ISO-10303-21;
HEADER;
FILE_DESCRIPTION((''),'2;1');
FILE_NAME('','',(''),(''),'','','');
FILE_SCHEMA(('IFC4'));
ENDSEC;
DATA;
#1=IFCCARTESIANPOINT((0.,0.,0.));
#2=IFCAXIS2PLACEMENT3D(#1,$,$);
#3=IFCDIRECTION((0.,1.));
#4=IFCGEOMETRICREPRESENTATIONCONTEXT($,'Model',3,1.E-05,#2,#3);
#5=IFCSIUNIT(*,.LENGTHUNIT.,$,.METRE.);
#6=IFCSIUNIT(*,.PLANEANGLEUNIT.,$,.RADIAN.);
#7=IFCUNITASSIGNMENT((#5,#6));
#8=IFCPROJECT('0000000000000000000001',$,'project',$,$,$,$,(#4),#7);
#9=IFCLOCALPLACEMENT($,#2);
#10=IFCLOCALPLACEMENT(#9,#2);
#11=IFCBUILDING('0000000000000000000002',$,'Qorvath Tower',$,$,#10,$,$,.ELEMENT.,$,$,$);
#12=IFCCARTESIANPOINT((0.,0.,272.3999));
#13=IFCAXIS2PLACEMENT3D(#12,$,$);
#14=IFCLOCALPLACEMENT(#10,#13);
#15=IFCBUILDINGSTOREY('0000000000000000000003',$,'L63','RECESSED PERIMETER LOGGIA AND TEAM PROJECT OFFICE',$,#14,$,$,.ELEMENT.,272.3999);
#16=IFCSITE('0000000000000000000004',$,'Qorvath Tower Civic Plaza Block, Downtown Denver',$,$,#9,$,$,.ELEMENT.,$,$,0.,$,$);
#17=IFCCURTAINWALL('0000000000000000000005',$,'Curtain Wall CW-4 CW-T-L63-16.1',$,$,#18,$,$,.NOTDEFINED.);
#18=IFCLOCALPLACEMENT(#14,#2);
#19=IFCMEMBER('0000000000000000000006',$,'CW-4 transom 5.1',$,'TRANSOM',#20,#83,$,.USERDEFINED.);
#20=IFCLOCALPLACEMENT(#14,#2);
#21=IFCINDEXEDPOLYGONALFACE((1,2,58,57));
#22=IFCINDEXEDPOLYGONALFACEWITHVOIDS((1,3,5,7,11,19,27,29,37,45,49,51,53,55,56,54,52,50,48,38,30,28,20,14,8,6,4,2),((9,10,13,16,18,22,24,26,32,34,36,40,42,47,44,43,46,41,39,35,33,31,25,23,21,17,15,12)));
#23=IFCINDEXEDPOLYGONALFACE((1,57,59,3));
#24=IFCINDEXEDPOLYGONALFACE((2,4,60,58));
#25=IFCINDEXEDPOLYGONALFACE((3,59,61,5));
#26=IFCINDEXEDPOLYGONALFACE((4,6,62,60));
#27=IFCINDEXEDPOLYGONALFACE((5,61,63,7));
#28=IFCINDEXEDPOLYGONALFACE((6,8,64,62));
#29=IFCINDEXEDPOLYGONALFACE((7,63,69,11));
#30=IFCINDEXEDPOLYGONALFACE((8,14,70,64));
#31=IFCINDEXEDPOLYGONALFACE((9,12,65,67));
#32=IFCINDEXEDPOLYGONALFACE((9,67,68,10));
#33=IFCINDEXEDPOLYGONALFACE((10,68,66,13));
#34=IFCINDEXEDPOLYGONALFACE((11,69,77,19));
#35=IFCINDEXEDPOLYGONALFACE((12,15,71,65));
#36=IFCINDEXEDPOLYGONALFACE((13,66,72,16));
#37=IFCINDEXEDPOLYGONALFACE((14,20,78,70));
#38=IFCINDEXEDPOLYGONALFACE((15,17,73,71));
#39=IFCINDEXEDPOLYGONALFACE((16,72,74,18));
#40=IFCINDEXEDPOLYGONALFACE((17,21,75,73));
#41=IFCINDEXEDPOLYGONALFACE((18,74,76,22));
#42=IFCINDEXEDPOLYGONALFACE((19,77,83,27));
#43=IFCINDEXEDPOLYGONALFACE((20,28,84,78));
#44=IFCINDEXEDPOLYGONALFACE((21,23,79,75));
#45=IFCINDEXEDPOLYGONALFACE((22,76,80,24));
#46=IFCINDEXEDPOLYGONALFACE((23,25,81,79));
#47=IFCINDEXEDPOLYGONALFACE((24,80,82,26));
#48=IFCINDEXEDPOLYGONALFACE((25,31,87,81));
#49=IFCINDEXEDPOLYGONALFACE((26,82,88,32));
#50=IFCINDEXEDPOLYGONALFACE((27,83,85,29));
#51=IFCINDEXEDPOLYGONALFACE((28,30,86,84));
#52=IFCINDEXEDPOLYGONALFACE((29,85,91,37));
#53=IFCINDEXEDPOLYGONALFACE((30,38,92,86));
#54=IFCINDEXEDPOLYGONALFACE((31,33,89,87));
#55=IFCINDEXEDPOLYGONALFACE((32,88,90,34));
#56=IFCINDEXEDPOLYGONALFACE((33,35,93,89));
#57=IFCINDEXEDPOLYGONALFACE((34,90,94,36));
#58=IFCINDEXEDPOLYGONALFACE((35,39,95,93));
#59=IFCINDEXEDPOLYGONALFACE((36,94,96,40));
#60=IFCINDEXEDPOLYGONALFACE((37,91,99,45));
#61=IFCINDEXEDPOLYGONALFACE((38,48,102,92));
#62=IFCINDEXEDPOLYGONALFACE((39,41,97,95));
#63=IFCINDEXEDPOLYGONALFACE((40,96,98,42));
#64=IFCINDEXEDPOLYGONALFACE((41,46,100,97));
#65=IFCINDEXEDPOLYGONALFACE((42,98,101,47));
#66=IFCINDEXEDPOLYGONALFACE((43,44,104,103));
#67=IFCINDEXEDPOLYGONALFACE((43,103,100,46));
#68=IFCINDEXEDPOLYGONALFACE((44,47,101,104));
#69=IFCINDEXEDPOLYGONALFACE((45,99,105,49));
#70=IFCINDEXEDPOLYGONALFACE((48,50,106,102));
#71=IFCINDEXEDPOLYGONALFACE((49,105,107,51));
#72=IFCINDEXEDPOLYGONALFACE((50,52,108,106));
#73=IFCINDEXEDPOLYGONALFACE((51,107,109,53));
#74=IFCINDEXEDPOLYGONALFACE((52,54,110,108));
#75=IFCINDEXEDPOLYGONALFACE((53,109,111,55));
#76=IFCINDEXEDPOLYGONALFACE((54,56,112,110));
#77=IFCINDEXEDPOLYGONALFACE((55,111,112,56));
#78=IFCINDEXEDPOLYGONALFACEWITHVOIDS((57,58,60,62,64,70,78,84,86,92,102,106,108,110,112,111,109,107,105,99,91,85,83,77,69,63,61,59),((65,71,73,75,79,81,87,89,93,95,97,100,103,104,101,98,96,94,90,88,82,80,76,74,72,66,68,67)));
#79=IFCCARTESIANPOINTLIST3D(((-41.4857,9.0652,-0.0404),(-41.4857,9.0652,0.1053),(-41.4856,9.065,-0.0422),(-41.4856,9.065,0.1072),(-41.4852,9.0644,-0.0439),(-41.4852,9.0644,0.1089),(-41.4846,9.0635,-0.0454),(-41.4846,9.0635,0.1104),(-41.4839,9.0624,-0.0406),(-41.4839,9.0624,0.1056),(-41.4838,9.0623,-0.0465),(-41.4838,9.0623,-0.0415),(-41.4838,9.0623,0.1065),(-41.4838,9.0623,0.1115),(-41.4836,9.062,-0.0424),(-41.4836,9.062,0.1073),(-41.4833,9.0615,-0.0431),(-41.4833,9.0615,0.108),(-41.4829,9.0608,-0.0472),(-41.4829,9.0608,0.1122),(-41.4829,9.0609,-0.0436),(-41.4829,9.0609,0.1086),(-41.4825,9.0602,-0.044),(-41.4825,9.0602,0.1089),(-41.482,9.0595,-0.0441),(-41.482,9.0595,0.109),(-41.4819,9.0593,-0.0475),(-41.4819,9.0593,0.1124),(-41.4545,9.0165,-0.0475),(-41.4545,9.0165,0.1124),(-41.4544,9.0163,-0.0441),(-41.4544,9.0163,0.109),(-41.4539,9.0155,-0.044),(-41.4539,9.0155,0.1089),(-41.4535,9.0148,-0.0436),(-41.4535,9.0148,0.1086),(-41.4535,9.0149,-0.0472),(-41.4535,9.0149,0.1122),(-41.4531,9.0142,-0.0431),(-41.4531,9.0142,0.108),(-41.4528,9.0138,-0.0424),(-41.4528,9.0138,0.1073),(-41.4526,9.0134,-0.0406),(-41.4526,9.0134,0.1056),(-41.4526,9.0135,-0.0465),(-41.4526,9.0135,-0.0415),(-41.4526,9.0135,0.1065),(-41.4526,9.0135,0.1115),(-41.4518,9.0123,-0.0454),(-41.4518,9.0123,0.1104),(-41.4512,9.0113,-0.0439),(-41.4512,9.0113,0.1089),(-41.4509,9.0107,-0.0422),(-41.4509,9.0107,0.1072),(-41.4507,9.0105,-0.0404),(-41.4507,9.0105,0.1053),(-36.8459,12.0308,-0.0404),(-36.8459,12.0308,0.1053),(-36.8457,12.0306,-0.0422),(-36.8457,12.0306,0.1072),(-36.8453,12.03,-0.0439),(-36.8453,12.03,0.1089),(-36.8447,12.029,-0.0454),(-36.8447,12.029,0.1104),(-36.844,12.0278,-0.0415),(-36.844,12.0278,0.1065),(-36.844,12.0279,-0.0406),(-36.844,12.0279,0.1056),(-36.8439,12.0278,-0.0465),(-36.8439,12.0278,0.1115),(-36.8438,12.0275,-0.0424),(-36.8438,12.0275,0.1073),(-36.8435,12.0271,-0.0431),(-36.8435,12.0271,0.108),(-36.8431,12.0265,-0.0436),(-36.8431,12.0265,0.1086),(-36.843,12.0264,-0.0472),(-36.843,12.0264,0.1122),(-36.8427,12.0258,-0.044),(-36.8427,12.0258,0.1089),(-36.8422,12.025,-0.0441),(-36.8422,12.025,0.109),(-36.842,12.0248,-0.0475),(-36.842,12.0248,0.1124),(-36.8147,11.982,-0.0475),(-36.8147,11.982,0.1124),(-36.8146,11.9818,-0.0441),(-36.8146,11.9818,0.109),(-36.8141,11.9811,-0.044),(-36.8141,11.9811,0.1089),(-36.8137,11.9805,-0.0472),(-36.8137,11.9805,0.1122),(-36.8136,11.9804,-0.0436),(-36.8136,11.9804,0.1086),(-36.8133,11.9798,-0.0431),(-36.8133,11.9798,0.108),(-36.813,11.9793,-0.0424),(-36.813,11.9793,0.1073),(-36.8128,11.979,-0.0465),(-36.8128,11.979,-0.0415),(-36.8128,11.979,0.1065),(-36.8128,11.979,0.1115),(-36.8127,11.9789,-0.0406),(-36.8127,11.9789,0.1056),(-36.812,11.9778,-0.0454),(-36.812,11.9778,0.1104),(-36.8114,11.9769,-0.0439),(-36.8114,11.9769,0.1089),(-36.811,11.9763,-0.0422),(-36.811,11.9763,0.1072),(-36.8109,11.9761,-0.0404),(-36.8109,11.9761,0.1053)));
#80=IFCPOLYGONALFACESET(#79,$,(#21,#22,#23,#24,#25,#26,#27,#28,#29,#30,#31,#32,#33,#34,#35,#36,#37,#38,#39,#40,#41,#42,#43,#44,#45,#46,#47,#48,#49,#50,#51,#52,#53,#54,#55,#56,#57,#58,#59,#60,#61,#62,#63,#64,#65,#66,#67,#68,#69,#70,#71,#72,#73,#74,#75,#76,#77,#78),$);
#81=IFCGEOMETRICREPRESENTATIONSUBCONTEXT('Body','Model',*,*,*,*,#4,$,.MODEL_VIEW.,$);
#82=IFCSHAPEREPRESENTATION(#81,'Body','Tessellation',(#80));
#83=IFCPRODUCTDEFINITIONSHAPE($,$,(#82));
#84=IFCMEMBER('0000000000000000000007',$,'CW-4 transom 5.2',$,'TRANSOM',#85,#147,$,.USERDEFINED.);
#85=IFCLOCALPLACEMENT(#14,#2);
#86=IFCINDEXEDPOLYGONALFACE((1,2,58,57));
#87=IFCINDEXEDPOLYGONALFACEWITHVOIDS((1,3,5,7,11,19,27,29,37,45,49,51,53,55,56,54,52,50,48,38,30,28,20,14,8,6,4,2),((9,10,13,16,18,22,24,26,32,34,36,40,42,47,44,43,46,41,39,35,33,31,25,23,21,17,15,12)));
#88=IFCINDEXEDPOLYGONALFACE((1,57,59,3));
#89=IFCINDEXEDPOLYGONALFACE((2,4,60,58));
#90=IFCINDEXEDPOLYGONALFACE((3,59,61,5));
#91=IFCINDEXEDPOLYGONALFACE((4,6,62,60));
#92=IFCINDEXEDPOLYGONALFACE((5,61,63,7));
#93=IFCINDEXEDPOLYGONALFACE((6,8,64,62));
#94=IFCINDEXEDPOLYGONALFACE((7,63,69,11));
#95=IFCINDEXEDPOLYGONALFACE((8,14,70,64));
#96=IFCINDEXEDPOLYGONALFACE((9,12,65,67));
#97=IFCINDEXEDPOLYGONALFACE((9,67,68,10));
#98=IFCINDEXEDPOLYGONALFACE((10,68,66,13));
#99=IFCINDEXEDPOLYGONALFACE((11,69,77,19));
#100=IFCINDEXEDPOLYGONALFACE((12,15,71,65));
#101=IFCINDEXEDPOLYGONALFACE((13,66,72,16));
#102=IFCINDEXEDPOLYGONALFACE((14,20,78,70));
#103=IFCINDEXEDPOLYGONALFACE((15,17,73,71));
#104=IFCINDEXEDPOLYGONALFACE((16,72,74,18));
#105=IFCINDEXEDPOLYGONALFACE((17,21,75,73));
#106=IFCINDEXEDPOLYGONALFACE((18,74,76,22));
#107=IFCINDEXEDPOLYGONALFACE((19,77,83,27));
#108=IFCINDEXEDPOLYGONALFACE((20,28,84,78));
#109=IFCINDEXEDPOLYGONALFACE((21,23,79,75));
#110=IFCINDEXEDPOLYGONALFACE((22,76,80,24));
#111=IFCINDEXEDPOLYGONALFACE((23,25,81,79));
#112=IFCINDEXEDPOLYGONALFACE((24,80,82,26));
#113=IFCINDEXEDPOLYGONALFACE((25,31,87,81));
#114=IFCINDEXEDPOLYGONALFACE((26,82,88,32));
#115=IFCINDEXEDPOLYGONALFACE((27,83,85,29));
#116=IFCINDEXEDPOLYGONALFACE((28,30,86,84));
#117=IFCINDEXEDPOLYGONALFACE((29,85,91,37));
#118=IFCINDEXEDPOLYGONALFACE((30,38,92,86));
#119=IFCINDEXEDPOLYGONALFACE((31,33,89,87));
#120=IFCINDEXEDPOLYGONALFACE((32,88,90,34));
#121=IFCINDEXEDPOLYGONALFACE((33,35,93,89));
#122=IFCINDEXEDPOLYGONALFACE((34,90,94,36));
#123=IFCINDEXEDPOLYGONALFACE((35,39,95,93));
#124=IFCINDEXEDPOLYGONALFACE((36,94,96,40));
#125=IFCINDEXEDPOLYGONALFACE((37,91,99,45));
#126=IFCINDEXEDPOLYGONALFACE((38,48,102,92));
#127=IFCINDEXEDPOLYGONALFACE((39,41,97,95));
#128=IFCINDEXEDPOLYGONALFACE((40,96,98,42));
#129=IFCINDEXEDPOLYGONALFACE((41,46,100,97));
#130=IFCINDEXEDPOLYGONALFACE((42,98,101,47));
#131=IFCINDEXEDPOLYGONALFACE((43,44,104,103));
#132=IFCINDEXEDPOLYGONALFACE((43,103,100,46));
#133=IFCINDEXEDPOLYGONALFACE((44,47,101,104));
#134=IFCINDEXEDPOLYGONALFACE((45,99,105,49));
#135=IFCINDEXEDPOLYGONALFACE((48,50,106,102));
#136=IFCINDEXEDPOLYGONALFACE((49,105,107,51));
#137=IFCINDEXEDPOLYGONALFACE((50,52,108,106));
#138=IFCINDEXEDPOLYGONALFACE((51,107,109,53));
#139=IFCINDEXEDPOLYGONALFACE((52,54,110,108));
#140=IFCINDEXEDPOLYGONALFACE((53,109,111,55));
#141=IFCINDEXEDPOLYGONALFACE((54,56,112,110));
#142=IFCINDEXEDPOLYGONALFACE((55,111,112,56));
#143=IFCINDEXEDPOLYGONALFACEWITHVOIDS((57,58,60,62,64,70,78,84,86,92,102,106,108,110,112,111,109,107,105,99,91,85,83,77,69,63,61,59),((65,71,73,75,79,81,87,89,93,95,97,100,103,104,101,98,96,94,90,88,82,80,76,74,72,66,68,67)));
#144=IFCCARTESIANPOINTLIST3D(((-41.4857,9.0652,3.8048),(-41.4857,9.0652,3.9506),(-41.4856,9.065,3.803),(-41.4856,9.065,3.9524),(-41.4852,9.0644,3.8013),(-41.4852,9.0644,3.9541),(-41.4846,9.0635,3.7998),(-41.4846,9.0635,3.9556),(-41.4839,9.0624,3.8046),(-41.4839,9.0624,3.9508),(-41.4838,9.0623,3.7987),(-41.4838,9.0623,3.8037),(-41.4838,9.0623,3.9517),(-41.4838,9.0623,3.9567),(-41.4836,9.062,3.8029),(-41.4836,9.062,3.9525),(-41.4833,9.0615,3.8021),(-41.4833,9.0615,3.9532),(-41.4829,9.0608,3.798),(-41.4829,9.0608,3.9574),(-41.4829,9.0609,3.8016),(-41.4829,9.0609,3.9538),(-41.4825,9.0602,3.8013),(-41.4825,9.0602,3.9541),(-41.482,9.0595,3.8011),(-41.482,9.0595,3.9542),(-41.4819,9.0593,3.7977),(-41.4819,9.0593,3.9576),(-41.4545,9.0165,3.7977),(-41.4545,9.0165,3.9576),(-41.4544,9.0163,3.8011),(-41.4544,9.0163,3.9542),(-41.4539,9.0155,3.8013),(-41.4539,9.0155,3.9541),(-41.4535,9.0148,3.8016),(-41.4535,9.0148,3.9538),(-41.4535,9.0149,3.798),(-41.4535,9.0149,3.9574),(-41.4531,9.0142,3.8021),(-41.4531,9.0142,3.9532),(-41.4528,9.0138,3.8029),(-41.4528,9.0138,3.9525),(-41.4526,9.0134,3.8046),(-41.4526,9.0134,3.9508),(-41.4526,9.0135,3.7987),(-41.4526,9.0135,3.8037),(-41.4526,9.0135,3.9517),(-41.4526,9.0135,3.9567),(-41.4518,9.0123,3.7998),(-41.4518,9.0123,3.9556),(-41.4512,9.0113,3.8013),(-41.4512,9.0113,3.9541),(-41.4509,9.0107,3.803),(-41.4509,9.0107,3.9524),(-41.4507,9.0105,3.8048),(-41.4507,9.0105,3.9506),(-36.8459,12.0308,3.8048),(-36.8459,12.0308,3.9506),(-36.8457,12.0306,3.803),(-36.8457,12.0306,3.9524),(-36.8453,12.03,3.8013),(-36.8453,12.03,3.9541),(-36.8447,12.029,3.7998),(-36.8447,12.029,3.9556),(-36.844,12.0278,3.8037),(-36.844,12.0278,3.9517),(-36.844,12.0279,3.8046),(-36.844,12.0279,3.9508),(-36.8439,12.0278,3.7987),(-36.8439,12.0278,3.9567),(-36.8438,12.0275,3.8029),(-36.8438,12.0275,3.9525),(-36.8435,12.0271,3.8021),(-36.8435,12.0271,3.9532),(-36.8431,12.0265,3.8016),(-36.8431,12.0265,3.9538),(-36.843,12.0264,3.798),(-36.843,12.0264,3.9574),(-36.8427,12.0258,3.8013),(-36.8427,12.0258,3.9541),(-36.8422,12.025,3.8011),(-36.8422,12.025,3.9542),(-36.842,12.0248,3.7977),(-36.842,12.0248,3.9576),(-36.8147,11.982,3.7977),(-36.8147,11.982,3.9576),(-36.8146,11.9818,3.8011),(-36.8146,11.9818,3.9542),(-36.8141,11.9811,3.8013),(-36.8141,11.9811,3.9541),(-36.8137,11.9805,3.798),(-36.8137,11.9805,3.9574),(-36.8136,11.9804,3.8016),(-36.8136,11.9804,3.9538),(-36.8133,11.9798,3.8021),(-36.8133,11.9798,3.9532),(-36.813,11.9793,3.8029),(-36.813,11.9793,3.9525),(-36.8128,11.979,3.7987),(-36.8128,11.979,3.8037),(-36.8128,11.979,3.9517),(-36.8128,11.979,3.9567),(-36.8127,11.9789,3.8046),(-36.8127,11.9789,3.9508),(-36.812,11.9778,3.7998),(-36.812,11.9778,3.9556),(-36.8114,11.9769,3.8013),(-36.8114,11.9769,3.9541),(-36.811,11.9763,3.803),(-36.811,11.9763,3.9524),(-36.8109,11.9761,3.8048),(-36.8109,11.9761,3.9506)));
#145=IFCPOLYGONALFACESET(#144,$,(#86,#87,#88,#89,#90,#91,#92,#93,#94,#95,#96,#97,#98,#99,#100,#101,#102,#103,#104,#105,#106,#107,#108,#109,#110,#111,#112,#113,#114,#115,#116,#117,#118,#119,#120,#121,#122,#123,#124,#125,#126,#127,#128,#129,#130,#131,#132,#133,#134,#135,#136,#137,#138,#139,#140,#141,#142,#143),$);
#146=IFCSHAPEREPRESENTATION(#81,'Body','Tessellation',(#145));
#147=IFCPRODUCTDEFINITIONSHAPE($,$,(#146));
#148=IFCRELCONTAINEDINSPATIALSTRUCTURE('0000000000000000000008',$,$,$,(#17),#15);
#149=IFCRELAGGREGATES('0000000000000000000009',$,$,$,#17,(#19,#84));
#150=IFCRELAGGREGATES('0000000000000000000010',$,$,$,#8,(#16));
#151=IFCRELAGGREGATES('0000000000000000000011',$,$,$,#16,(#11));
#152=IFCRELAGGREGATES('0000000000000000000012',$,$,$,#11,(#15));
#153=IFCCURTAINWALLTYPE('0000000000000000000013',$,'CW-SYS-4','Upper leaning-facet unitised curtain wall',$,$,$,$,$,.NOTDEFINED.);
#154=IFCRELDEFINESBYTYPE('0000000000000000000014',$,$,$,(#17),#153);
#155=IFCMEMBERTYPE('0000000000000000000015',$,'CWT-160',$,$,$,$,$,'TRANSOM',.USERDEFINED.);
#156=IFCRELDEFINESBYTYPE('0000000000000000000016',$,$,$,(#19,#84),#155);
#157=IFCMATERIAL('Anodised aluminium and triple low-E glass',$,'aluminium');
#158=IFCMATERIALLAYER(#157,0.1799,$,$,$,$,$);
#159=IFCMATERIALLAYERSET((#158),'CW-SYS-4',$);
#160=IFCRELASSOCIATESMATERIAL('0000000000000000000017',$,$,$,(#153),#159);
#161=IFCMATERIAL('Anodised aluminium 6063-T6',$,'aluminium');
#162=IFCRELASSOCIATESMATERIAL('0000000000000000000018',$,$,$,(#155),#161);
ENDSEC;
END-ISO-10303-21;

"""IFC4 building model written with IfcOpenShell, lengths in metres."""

from ifc_helpers import new_model, si_unit, direction, frame, origin, origin_2d, place, context, subcontext, project, spatial, hollow_rectangle, extrude, material, layer, layer_set, material_profile, profile_set, type_object, element, aggregate, save


model = new_model("IFC4")

# Units and contexts
model_context = context("Model", 3, precision=1e-05, world=origin(), true_north=direction((0.0, 1.0)))
body_context = subcontext(model_context, "Body", "Model", "MODEL_VIEW")
ifc_project = project(units=[si_unit("LENGTHUNIT", "METRE"), si_unit("PLANEANGLEUNIT", "RADIAN")], contexts=[model_context])

# Site, building, storey
site_placement = place(None, origin())
site = spatial("IfcSite", under=ifc_project, at=site_placement, Name="Qorvath Tower Civic Plaza Block, Downtown Denver", CompositionType="ELEMENT", RefElevation=0.0)
building_placement = place(site_placement, origin())
building = spatial("IfcBuilding", under=site, at=building_placement, Name="Qorvath Tower", CompositionType="ELEMENT")
storey_placement = place(building_placement, frame((0.0, 0.0, 272.3999)))
storey = spatial("IfcBuildingStorey", under=building, at=storey_placement, Name="L63", Description="RECESSED PERIMETER LOGGIA AND TEAM PROJECT OFFICE", CompositionType="ELEMENT", Elevation=272.3999)

# Curtain wall, members
ifc_material_1 = material(Name="Anodised aluminium and triple low-E glass", Category="aluminium")
ifc_layer_1 = layer(ifc_material_1, 0.1799)
ifc_layer_set_1 = layer_set([ifc_layer_1], Name="CW-SYS-4")
curtain_wall_type = type_object("IfcCurtainWallType", Name="CW-SYS-4", Description="Upper leaning-facet unitised curtain wall", PredefinedType="NOTDEFINED", material=ifc_layer_set_1)
curtain_wall_placement = place(storey_placement, origin())
curtain_wall = element("IfcCurtainWall", 1, at=curtain_wall_placement, inside=storey, type_object=curtain_wall_type, Name="Curtain Wall CW-4 CW-T-L63-16.1", PredefinedType="NOTDEFINED")
ifc_material_2 = material(Name="Anodised aluminium 6063-T6", Category="aluminium")
ifc_material_profile_1 = material_profile(ifc_material_2, hollow_rectangle(XDim=0.0649, YDim=0.1599, WallThickness=0.0034, InnerFilletRadius=0.0034, OuterFilletRadius=0.0071, at=origin_2d()), Name="CWT 160x65")
ifc_profile_set_1 = profile_set([ifc_material_profile_1], Name="Anodised aluminium 6063-T6")
member_type_1 = type_object("IfcMemberType", Name="CWT-160", ElementType="TRANSOM", PredefinedType="USERDEFINED", material=ifc_profile_set_1)
member_1_placement = place(storey_placement, frame((-36.8284, 12.0034, 0.0325), z_axis=(-0.842597, -0.538544, 0.0), x_axis=(0.538544, -0.842597, 0.0)))
member_1 = element("IfcMember", 2, at=member_1_placement, type_object=member_type_1, Name="CW-4 transom 5.1", ObjectType="TRANSOM", PredefinedType="USERDEFINED", context=body_context, shape_type="SweptSolid", body=[
    extrude(hollow_rectangle(XDim=0.0649, YDim=0.1599, WallThickness=0.0034, InnerFilletRadius=0.0034, OuterFilletRadius=0.0071, at=origin_2d()), origin(), (0.0, 0.0, 1.0), 5.5066),
])
member_2_placement = place(storey_placement, frame((-36.8284, 12.0034, 3.8777), z_axis=(-0.842597, -0.538544, 0.0), x_axis=(0.538544, -0.842597, 0.0)))
member_2 = element("IfcMember", 3, at=member_2_placement, type_object=member_type_1, Name="CW-4 transom 5.2", ObjectType="TRANSOM", PredefinedType="USERDEFINED", context=body_context, shape_type="SweptSolid", body=[
    extrude(hollow_rectangle(XDim=0.0649, YDim=0.1599, WallThickness=0.0034, InnerFilletRadius=0.0034, OuterFilletRadius=0.0071, at=origin_2d()), origin(), (0.0, 0.0, 1.0), 5.5066),
])
aggregate(curtain_wall, [member_1, member_2])

save(model, "model.ifc")
